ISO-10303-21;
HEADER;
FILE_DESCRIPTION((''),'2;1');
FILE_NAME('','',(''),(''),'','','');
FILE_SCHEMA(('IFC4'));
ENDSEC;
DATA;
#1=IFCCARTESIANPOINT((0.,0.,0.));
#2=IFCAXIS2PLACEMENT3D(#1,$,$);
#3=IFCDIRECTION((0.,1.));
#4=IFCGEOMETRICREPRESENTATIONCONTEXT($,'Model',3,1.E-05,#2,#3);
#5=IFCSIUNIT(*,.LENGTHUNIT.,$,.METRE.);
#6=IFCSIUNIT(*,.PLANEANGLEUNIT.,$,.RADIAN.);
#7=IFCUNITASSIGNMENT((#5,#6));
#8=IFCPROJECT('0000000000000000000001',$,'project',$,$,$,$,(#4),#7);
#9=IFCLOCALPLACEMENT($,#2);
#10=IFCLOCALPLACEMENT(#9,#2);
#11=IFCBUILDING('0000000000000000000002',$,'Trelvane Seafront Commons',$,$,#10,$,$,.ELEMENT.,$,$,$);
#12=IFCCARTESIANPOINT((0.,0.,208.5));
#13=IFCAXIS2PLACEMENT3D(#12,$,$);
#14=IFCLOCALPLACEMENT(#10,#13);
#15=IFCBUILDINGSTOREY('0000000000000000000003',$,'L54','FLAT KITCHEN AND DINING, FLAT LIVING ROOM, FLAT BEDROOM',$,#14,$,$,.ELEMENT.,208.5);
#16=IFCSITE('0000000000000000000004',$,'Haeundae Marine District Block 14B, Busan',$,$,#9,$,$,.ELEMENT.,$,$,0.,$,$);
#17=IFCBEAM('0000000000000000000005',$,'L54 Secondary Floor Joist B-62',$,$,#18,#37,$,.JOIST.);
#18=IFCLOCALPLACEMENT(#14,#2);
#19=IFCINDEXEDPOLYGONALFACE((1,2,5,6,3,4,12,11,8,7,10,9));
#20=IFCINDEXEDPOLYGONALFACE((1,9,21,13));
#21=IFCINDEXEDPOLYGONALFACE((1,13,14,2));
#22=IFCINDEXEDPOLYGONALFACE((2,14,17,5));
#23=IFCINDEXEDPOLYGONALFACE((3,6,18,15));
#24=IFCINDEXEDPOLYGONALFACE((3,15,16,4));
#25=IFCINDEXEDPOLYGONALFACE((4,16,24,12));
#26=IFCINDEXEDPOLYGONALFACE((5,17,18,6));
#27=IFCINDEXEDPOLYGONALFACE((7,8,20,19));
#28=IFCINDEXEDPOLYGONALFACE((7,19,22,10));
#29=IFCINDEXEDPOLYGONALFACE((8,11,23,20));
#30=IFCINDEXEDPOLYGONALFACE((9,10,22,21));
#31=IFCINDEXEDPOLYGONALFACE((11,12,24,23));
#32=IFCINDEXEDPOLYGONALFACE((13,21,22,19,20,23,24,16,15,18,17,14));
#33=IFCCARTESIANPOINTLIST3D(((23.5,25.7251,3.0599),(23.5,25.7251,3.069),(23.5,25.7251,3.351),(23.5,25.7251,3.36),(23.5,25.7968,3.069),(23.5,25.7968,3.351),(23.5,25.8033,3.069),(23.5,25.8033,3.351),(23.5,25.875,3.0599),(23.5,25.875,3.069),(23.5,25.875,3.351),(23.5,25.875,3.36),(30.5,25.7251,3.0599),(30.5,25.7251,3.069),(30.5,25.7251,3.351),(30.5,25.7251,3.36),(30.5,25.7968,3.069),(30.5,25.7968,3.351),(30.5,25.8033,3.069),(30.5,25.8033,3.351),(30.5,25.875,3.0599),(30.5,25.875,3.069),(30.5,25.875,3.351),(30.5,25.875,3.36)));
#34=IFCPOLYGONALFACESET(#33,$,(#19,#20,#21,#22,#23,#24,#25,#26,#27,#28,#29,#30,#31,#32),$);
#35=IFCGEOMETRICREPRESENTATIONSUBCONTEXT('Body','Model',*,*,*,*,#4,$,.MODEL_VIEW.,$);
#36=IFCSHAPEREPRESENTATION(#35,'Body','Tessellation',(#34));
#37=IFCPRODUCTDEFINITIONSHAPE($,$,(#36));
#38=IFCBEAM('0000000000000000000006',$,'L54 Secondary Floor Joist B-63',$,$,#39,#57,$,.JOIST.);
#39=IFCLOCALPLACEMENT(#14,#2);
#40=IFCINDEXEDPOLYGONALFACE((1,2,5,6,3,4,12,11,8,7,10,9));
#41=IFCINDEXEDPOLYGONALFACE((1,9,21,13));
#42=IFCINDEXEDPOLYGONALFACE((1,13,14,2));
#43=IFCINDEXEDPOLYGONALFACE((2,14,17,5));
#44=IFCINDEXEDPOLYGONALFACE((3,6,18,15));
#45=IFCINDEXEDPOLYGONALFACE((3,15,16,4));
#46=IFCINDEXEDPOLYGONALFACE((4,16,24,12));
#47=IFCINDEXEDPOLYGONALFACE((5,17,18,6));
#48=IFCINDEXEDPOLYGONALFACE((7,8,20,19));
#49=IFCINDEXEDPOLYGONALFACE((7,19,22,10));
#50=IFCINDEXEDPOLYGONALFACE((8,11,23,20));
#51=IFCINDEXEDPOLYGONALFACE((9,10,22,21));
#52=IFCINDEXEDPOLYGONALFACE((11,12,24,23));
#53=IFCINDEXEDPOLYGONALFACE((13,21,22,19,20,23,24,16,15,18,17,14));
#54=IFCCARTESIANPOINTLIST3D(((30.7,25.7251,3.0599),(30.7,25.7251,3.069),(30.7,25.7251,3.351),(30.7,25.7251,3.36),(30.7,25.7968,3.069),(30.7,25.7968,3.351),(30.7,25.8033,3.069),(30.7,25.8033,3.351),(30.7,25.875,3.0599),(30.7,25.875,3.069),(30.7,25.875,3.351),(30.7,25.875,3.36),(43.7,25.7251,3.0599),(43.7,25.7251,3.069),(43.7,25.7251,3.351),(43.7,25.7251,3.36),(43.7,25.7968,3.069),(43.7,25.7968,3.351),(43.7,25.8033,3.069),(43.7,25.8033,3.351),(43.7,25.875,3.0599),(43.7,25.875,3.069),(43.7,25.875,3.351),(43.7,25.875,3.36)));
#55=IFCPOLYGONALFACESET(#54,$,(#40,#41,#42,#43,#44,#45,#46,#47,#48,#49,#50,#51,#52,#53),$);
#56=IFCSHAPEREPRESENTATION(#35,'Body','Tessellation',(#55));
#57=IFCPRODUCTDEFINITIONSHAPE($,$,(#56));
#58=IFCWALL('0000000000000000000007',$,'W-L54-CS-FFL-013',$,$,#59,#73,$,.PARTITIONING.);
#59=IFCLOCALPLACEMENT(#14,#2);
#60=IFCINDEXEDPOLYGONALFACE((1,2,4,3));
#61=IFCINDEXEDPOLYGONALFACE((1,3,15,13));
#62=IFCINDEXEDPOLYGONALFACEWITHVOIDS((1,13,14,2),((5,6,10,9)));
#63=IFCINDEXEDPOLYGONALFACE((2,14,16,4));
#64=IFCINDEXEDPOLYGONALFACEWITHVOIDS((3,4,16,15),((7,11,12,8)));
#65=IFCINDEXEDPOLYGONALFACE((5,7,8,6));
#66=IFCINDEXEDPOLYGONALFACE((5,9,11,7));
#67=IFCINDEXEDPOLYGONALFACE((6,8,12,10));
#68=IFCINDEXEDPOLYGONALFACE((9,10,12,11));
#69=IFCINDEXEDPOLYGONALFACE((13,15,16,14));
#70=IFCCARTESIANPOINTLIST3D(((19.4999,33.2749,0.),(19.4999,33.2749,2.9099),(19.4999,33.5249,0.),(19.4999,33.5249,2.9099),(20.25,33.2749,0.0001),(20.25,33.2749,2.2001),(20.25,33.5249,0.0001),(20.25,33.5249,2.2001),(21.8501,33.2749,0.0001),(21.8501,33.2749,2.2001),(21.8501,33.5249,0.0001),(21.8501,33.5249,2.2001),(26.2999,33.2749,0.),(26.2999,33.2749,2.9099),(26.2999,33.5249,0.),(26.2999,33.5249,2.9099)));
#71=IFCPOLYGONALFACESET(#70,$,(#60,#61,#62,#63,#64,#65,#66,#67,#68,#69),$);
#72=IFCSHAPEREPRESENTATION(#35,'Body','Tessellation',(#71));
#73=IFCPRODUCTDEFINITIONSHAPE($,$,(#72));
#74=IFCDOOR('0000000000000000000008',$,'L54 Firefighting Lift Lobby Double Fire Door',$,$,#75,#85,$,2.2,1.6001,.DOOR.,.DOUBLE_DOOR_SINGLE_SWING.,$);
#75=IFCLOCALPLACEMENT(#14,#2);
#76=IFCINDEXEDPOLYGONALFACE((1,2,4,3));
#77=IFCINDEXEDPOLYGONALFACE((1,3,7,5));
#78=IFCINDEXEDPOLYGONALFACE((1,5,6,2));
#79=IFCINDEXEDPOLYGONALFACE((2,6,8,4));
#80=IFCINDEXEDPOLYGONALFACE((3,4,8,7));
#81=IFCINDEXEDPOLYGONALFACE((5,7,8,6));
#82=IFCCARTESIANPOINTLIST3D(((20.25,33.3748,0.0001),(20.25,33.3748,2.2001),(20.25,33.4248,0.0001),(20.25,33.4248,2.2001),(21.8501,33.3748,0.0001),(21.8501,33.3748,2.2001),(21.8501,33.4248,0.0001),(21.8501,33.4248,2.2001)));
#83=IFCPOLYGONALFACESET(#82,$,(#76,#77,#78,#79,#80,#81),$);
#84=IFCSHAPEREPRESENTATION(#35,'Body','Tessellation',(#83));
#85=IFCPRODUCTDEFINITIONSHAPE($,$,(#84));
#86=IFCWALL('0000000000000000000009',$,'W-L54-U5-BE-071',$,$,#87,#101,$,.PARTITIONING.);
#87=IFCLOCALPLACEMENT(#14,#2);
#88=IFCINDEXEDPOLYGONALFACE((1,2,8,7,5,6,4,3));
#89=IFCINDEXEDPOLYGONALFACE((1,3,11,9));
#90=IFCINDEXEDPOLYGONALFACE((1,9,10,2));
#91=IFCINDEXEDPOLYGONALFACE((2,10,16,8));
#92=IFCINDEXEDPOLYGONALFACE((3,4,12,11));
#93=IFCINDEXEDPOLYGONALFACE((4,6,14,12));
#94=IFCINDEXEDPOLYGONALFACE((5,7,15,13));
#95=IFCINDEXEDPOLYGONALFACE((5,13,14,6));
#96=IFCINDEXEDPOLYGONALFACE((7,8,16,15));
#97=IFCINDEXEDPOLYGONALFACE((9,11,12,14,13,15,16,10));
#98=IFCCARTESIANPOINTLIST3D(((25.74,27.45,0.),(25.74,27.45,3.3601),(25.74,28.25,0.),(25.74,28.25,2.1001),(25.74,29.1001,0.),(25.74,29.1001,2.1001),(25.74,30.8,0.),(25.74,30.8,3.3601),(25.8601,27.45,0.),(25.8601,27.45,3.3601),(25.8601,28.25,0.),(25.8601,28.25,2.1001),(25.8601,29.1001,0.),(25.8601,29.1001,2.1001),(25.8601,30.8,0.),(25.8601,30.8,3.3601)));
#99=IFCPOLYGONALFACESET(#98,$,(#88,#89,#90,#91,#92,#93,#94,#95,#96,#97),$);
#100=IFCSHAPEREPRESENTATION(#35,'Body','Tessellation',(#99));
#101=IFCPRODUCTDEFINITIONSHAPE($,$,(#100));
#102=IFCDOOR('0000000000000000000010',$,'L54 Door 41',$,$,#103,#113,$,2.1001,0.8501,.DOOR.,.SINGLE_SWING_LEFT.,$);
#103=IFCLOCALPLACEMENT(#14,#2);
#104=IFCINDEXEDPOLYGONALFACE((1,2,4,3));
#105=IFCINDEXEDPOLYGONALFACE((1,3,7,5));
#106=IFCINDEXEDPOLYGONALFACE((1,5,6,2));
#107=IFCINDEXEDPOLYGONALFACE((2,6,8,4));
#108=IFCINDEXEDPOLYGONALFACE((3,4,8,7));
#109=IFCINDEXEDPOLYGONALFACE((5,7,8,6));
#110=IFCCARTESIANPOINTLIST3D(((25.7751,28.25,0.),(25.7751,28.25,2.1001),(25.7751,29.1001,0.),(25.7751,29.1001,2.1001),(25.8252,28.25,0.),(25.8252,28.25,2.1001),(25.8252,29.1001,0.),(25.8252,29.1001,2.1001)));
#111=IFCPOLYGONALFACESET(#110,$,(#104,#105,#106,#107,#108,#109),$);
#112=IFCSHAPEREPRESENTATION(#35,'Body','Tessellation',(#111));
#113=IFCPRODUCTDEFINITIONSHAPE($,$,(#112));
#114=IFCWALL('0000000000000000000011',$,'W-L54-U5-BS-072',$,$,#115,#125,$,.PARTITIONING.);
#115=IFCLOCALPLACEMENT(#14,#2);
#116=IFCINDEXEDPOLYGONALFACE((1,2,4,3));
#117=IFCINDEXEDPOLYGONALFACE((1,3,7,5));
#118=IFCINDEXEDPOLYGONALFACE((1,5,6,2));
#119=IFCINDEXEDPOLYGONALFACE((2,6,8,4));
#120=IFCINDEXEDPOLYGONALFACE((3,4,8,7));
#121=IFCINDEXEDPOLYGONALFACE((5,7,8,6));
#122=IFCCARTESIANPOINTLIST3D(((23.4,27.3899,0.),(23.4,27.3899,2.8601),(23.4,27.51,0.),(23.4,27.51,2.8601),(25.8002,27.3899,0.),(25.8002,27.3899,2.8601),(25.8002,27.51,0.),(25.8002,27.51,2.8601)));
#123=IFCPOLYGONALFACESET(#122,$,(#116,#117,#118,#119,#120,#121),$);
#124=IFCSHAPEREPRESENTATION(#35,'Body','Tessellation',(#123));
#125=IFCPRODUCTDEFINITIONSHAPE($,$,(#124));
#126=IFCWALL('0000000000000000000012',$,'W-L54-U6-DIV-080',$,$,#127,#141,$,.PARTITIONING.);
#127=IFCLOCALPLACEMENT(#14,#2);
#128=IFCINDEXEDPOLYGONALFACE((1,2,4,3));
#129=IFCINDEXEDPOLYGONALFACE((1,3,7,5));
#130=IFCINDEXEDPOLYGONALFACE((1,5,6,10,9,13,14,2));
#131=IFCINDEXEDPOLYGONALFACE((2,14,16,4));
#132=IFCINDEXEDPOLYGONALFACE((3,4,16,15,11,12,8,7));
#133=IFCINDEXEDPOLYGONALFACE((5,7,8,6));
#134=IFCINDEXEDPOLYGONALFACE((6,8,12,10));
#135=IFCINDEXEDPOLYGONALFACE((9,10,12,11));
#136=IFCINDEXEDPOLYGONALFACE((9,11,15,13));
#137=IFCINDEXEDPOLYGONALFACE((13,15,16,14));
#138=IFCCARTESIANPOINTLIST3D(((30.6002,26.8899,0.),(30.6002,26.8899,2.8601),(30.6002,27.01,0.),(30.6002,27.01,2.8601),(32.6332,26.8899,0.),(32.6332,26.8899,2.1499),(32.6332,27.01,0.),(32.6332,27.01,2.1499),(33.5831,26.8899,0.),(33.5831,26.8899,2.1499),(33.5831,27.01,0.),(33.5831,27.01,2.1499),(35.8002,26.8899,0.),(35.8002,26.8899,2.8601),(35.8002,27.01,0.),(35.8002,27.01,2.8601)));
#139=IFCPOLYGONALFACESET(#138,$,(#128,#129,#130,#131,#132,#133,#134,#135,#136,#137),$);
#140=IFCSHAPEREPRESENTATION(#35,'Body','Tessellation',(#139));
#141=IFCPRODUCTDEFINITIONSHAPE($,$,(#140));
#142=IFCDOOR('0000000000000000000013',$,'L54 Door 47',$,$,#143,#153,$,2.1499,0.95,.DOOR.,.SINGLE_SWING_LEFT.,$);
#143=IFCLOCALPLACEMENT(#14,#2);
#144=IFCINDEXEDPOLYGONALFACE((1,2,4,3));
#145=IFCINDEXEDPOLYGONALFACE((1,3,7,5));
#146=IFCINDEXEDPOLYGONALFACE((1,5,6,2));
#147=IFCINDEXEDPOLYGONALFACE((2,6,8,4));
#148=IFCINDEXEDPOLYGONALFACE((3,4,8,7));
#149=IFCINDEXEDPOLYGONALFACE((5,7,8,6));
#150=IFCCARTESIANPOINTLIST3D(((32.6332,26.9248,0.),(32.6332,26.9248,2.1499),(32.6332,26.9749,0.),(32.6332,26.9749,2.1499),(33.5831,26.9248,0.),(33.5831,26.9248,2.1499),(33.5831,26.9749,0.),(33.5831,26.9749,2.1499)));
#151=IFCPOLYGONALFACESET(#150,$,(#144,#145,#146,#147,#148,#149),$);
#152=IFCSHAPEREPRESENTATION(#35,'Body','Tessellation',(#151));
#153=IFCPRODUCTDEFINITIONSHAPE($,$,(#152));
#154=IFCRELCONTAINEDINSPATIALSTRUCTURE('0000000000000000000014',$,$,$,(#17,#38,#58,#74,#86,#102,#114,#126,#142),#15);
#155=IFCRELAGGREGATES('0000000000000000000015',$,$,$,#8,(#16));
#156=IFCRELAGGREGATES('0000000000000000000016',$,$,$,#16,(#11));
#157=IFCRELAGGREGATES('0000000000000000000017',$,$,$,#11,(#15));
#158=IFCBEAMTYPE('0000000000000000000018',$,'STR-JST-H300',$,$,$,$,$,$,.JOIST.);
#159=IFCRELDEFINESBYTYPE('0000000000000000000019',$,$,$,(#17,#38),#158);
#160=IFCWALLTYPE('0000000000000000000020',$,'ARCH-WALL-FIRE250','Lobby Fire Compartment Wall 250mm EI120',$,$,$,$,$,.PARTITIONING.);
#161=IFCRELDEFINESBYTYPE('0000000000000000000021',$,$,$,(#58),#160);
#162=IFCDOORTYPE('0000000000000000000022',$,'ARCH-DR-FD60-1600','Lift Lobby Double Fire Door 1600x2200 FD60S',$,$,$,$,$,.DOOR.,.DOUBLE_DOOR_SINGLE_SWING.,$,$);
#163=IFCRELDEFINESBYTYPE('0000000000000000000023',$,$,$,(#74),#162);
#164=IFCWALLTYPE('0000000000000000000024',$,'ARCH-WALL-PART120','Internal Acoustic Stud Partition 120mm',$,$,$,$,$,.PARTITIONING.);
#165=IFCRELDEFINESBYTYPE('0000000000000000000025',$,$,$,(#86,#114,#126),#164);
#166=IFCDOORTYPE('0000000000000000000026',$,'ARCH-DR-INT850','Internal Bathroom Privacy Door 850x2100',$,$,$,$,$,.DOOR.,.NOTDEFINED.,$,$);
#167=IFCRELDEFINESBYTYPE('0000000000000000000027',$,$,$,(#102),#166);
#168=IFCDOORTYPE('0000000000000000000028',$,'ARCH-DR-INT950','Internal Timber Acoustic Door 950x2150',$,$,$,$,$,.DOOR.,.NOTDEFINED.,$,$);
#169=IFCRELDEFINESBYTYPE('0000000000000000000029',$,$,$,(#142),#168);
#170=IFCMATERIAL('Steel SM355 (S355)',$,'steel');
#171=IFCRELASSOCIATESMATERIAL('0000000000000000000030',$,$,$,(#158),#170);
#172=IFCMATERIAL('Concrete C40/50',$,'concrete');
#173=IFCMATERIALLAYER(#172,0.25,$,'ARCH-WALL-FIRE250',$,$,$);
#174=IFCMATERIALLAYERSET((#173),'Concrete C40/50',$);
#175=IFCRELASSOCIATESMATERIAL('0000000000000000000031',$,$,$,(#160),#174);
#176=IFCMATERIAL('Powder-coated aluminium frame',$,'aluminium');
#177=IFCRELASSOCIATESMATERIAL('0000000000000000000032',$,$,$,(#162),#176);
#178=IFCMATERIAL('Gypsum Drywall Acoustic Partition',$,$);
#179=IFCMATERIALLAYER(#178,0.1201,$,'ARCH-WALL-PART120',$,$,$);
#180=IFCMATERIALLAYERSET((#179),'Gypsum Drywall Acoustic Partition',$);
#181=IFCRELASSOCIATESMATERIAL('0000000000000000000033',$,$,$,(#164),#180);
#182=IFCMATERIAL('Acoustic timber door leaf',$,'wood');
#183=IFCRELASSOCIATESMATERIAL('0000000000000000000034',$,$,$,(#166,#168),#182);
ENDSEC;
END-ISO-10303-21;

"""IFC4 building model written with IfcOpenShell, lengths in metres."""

from ifc_helpers import new_model, si_unit, direction, frame, frame_2d, origin, origin_2d, place, context, subcontext, project, spatial, rectangle, i_section, extrude, source, transform, mapped, material, layer, layer_set, material_profile, profile_set, type_object, element, fill, save


model = new_model("IFC4")

# Units and contexts
model_context = context("Model", 3, precision=1e-05, world=origin(), true_north=direction((0.0, 1.0)))
body_context = subcontext(model_context, "Body", "Model", "MODEL_VIEW")
ifc_project = project(units=[si_unit("LENGTHUNIT", "METRE"), si_unit("PLANEANGLEUNIT", "RADIAN")], contexts=[model_context])

# Site, building, storey
site_placement = place(None, origin())
site = spatial("IfcSite", under=ifc_project, at=site_placement, Name="Haeundae Marine District Block 14B, Busan", CompositionType="ELEMENT", RefElevation=0.0)
building_placement = place(site_placement, origin())
building = spatial("IfcBuilding", under=site, at=building_placement, Name="Trelvane Seafront Commons", CompositionType="ELEMENT")
storey_placement = place(building_placement, frame((0.0, 0.0, 208.5)))
storey = spatial("IfcBuildingStorey", under=building, at=storey_placement, Name="L54", Description="FLAT KITCHEN AND DINING, FLAT LIVING ROOM, FLAT BEDROOM", CompositionType="ELEMENT", Elevation=208.5)

# Beams
ifc_material_1 = material(Name="Steel SM355 (S355)", Category="steel")
ifc_material_profile = material_profile(ifc_material_1, i_section(OverallWidth=0.1499, OverallDepth=0.3, WebThickness=0.0066, FlangeThickness=0.009, at=origin_2d()), Name="H-300x150x6.5x9")
ifc_profile_set = profile_set([ifc_material_profile], Name="Steel SM355 (S355)")
beam_type = type_object("IfcBeamType", Name="STR-JST-H300", PredefinedType="JOIST", material=ifc_profile_set)
shared_shape_1 = source(origin(), body_context, "Body", "SweptSolid", [
    extrude(i_section(OverallWidth=0.1499, OverallDepth=0.3, WebThickness=0.0066, FlangeThickness=0.009, at=origin_2d()), origin(), (0.0, 0.0, 1.0), 7.0),
])
beam_1_placement = place(storey_placement, frame((23.5, 25.8, 3.21), z_axis=(1.0, 0.0, 0.0), x_axis=(0.0, 1.0, 0.0)))
element("IfcBeam", 1, at=beam_1_placement, inside=storey, type_object=beam_type, Name="L54 Secondary Floor Joist B-62", PredefinedType="JOIST", context=body_context, shape_type="MappedRepresentation", body=[
    mapped(shared_shape_1, transform((0.0, 0.0, 0.0), x_axis=(1.0, 0.0, 0.0), y_axis=(0.0, 1.0, 0.0), z_axis=(0.0, 0.0, 1.0), scale=1.0)),
])
shared_shape_2 = source(origin(), body_context, "Body", "SweptSolid", [
    extrude(i_section(OverallWidth=0.1499, OverallDepth=0.3, WebThickness=0.0066, FlangeThickness=0.009, at=origin_2d()), origin(), (0.0, 0.0, 1.0), 13.0),
])
beam_2_placement = place(storey_placement, frame((30.7, 25.8, 3.21), z_axis=(1.0, 0.0, 0.0), x_axis=(0.0, 1.0, 0.0)))
element("IfcBeam", 2, at=beam_2_placement, inside=storey, type_object=beam_type, Name="L54 Secondary Floor Joist B-63", PredefinedType="JOIST", context=body_context, shape_type="MappedRepresentation", body=[
    mapped(shared_shape_2, transform((0.0, 0.0, 0.0), x_axis=(1.0, 0.0, 0.0), y_axis=(0.0, 1.0, 0.0), z_axis=(0.0, 0.0, 1.0), scale=1.0)),
])

# Walls, openings, doors
ifc_material_2 = material(Name="Concrete C40/50", Category="concrete")
ifc_layer_1 = layer(ifc_material_2, 0.25, Name="ARCH-WALL-FIRE250")
ifc_layer_set_1 = layer_set([ifc_layer_1], Name="Concrete C40/50")
wall_type_1 = type_object("IfcWallType", Name="ARCH-WALL-FIRE250", Description="Lobby Fire Compartment Wall 250mm EI120", PredefinedType="PARTITIONING", material=ifc_layer_set_1)
wall_1_placement = place(storey_placement, frame((19.5, 33.3999, 0.0), z_axis=(0.0, 0.0, 1.0), x_axis=(1.0, 0.0, 0.0)))
wall_1 = element("IfcWall", 3, at=wall_1_placement, inside=storey, type_object=wall_type_1, Name="W-L54-CS-FFL-013", PredefinedType="PARTITIONING", context=body_context, shape_type="SweptSolid", body=[
    extrude(rectangle(XDim=6.8, YDim=0.25, at=frame_2d((3.3999, 0.0))), origin(), (0.0, 0.0, 1.0), 2.9099),
])
opening_1_placement = place(wall_1_placement, frame((0.75, 0.0, 0.0)))
opening_1 = element("IfcOpeningElement", 4, at=opening_1_placement, cuts=wall_1, PredefinedType="OPENING", context=body_context, shape_type="SweptSolid", body=[
    extrude(rectangle(XDim=1.6001, YDim=2.2, at=frame_2d((0.8, 1.1001))), frame((0.0, 0.135, 0.0), z_axis=(0.0, -1.0, 0.0), x_axis=(1.0, 0.0, 0.0)), (0.0, 0.0, 1.0), 0.27),
])
ifc_material_3 = material(Name="Powder-coated aluminium frame", Category="aluminium")
door_type_1 = type_object("IfcDoorType", Name="ARCH-DR-FD60-1600", Description="Lift Lobby Double Fire Door 1600x2200 FD60S", OperationType="DOUBLE_DOOR_SINGLE_SWING", PredefinedType="DOOR", material=ifc_material_3)
shared_shape_3 = source(origin(), body_context, "Body", "SweptSolid", [
    extrude(rectangle(XDim=1.6001, YDim=2.2, at=frame_2d((0.8, 1.1001))), frame((0.0, 0.0249, 0.0), z_axis=(0.0, -1.0, 0.0), x_axis=(1.0, 0.0, 0.0)), (0.0, 0.0, 1.0), 0.05),
])
door_1_placement = place(opening_1_placement, origin())
door_1 = element("IfcDoor", 5, at=door_1_placement, inside=storey, type_object=door_type_1, Name="L54 Firefighting Lift Lobby Double Fire Door", OperationType="DOUBLE_DOOR_SINGLE_SWING", OverallHeight=2.2, OverallWidth=1.6001, PredefinedType="DOOR", context=body_context, shape_type="MappedRepresentation", body=[
    mapped(shared_shape_3, transform((0.0, 0.0, 0.0), x_axis=(1.0, 0.0, 0.0), y_axis=(0.0, 1.0, 0.0), z_axis=(0.0, 0.0, 1.0), scale=1.0)),
])
fill(opening_1, door_1)
ifc_material_4 = material(Name="Gypsum Drywall Acoustic Partition")
ifc_layer_2 = layer(ifc_material_4, 0.1201, Name="ARCH-WALL-PART120")
ifc_layer_set_2 = layer_set([ifc_layer_2], Name="Gypsum Drywall Acoustic Partition")
wall_type_2 = type_object("IfcWallType", Name="ARCH-WALL-PART120", Description="Internal Acoustic Stud Partition 120mm", PredefinedType="PARTITIONING", material=ifc_layer_set_2)
wall_2_placement = place(storey_placement, frame((25.8, 27.45, 0.0), z_axis=(0.0, 0.0, 1.0), x_axis=(0.0, 1.0, 0.0)))
wall_2 = element("IfcWall", 6, at=wall_2_placement, inside=storey, type_object=wall_type_2, Name="W-L54-U5-BE-071", PredefinedType="PARTITIONING", context=body_context, shape_type="SweptSolid", body=[
    extrude(rectangle(XDim=3.3501, YDim=0.1201, at=frame_2d((1.675, 0.0))), origin(), (0.0, 0.0, 1.0), 3.3601),
])
opening_2_placement = place(wall_2_placement, frame((0.8, 0.0, 0.0)))
opening_2 = element("IfcOpeningElement", 7, at=opening_2_placement, cuts=wall_2, PredefinedType="OPENING", context=body_context, shape_type="SweptSolid", body=[
    extrude(rectangle(XDim=0.8501, YDim=2.1001, at=frame_2d((0.425, 1.05))), frame((0.0, 0.0701, 0.0), z_axis=(0.0, -1.0, 0.0), x_axis=(1.0, 0.0, 0.0)), (0.0, 0.0, 1.0), 0.1401),
])
ifc_material_5 = material(Name="Acoustic timber door leaf", Category="wood")
door_type_2 = type_object("IfcDoorType", Name="ARCH-DR-INT850", Description="Internal Bathroom Privacy Door 850x2100", OperationType="NOTDEFINED", PredefinedType="DOOR", material=ifc_material_5)
shared_shape_4 = source(origin(), body_context, "Body", "SweptSolid", [
    extrude(rectangle(XDim=0.8501, YDim=2.1001, at=frame_2d((0.425, 1.05))), frame((0.0, 0.0249, 0.0), z_axis=(0.0, -1.0, 0.0), x_axis=(1.0, 0.0, 0.0)), (0.0, 0.0, 1.0), 0.05),
])
door_2_placement = place(opening_2_placement, origin())
door_2 = element("IfcDoor", 8, at=door_2_placement, inside=storey, type_object=door_type_2, Name="L54 Door 41", OperationType="SINGLE_SWING_LEFT", OverallHeight=2.1001, OverallWidth=0.8501, PredefinedType="DOOR", context=body_context, shape_type="MappedRepresentation", body=[
    mapped(shared_shape_4, transform((0.0, 0.0, 0.0), x_axis=(1.0, 0.0, 0.0), y_axis=(0.0, 1.0, 0.0), z_axis=(0.0, 0.0, 1.0), scale=1.0)),
])
fill(opening_2, door_2)

# Wall
wall_3_placement = place(storey_placement, frame((23.3999, 27.45, 0.0), z_axis=(0.0, 0.0, 1.0), x_axis=(1.0, 0.0, 0.0)))
element("IfcWall", 9, at=wall_3_placement, inside=storey, type_object=wall_type_2, Name="W-L54-U5-BS-072", PredefinedType="PARTITIONING", context=body_context, shape_type="SweptSolid", body=[
    extrude(rectangle(XDim=2.4001, YDim=0.1201, at=frame_2d((1.2002, 0.0))), origin(), (0.0, 0.0, 1.0), 2.8601),
])

# Wall, opening, door
wall_4_placement = place(storey_placement, frame((30.6001, 26.95, 0.0), z_axis=(0.0, 0.0, 1.0), x_axis=(1.0, 0.0, 0.0)))
wall_4 = element("IfcWall", 10, at=wall_4_placement, inside=storey, type_object=wall_type_2, Name="W-L54-U6-DIV-080", PredefinedType="PARTITIONING", context=body_context, shape_type="SweptSolid", body=[
    extrude(rectangle(XDim=5.2, YDim=0.1201, at=frame_2d((2.6001, 0.0))), origin(), (0.0, 0.0, 1.0), 2.8601),
])
opening_3_placement = place(wall_4_placement, frame((2.033, 0.0, 0.0)))
opening_3 = element("IfcOpeningElement", 11, at=opening_3_placement, cuts=wall_4, PredefinedType="OPENING", context=body_context, shape_type="SweptSolid", body=[
    extrude(rectangle(XDim=0.95, YDim=2.1499, at=frame_2d((0.4751, 1.075))), frame((0.0, 0.0701, 0.0), z_axis=(0.0, -1.0, 0.0), x_axis=(1.0, 0.0, 0.0)), (0.0, 0.0, 1.0), 0.1401),
])
door_type_3 = type_object("IfcDoorType", Name="ARCH-DR-INT950", Description="Internal Timber Acoustic Door 950x2150", OperationType="NOTDEFINED", PredefinedType="DOOR", material=ifc_material_5)
shared_shape_5 = source(origin(), body_context, "Body", "SweptSolid", [
    extrude(rectangle(XDim=0.95, YDim=2.1499, at=frame_2d((0.4751, 1.075))), frame((0.0, 0.0249, 0.0), z_axis=(0.0, -1.0, 0.0), x_axis=(1.0, 0.0, 0.0)), (0.0, 0.0, 1.0), 0.05),
])
door_3_placement = place(opening_3_placement, origin())
door_3 = element("IfcDoor", 12, at=door_3_placement, inside=storey, type_object=door_type_3, Name="L54 Door 47", OperationType="SINGLE_SWING_LEFT", OverallHeight=2.1499, OverallWidth=0.95, PredefinedType="DOOR", context=body_context, shape_type="MappedRepresentation", body=[
    mapped(shared_shape_5, transform((0.0, 0.0, 0.0), x_axis=(1.0, 0.0, 0.0), y_axis=(0.0, 1.0, 0.0), z_axis=(0.0, 0.0, 1.0), scale=1.0)),
])
fill(opening_3, door_3)

save(model, "model.ifc")
